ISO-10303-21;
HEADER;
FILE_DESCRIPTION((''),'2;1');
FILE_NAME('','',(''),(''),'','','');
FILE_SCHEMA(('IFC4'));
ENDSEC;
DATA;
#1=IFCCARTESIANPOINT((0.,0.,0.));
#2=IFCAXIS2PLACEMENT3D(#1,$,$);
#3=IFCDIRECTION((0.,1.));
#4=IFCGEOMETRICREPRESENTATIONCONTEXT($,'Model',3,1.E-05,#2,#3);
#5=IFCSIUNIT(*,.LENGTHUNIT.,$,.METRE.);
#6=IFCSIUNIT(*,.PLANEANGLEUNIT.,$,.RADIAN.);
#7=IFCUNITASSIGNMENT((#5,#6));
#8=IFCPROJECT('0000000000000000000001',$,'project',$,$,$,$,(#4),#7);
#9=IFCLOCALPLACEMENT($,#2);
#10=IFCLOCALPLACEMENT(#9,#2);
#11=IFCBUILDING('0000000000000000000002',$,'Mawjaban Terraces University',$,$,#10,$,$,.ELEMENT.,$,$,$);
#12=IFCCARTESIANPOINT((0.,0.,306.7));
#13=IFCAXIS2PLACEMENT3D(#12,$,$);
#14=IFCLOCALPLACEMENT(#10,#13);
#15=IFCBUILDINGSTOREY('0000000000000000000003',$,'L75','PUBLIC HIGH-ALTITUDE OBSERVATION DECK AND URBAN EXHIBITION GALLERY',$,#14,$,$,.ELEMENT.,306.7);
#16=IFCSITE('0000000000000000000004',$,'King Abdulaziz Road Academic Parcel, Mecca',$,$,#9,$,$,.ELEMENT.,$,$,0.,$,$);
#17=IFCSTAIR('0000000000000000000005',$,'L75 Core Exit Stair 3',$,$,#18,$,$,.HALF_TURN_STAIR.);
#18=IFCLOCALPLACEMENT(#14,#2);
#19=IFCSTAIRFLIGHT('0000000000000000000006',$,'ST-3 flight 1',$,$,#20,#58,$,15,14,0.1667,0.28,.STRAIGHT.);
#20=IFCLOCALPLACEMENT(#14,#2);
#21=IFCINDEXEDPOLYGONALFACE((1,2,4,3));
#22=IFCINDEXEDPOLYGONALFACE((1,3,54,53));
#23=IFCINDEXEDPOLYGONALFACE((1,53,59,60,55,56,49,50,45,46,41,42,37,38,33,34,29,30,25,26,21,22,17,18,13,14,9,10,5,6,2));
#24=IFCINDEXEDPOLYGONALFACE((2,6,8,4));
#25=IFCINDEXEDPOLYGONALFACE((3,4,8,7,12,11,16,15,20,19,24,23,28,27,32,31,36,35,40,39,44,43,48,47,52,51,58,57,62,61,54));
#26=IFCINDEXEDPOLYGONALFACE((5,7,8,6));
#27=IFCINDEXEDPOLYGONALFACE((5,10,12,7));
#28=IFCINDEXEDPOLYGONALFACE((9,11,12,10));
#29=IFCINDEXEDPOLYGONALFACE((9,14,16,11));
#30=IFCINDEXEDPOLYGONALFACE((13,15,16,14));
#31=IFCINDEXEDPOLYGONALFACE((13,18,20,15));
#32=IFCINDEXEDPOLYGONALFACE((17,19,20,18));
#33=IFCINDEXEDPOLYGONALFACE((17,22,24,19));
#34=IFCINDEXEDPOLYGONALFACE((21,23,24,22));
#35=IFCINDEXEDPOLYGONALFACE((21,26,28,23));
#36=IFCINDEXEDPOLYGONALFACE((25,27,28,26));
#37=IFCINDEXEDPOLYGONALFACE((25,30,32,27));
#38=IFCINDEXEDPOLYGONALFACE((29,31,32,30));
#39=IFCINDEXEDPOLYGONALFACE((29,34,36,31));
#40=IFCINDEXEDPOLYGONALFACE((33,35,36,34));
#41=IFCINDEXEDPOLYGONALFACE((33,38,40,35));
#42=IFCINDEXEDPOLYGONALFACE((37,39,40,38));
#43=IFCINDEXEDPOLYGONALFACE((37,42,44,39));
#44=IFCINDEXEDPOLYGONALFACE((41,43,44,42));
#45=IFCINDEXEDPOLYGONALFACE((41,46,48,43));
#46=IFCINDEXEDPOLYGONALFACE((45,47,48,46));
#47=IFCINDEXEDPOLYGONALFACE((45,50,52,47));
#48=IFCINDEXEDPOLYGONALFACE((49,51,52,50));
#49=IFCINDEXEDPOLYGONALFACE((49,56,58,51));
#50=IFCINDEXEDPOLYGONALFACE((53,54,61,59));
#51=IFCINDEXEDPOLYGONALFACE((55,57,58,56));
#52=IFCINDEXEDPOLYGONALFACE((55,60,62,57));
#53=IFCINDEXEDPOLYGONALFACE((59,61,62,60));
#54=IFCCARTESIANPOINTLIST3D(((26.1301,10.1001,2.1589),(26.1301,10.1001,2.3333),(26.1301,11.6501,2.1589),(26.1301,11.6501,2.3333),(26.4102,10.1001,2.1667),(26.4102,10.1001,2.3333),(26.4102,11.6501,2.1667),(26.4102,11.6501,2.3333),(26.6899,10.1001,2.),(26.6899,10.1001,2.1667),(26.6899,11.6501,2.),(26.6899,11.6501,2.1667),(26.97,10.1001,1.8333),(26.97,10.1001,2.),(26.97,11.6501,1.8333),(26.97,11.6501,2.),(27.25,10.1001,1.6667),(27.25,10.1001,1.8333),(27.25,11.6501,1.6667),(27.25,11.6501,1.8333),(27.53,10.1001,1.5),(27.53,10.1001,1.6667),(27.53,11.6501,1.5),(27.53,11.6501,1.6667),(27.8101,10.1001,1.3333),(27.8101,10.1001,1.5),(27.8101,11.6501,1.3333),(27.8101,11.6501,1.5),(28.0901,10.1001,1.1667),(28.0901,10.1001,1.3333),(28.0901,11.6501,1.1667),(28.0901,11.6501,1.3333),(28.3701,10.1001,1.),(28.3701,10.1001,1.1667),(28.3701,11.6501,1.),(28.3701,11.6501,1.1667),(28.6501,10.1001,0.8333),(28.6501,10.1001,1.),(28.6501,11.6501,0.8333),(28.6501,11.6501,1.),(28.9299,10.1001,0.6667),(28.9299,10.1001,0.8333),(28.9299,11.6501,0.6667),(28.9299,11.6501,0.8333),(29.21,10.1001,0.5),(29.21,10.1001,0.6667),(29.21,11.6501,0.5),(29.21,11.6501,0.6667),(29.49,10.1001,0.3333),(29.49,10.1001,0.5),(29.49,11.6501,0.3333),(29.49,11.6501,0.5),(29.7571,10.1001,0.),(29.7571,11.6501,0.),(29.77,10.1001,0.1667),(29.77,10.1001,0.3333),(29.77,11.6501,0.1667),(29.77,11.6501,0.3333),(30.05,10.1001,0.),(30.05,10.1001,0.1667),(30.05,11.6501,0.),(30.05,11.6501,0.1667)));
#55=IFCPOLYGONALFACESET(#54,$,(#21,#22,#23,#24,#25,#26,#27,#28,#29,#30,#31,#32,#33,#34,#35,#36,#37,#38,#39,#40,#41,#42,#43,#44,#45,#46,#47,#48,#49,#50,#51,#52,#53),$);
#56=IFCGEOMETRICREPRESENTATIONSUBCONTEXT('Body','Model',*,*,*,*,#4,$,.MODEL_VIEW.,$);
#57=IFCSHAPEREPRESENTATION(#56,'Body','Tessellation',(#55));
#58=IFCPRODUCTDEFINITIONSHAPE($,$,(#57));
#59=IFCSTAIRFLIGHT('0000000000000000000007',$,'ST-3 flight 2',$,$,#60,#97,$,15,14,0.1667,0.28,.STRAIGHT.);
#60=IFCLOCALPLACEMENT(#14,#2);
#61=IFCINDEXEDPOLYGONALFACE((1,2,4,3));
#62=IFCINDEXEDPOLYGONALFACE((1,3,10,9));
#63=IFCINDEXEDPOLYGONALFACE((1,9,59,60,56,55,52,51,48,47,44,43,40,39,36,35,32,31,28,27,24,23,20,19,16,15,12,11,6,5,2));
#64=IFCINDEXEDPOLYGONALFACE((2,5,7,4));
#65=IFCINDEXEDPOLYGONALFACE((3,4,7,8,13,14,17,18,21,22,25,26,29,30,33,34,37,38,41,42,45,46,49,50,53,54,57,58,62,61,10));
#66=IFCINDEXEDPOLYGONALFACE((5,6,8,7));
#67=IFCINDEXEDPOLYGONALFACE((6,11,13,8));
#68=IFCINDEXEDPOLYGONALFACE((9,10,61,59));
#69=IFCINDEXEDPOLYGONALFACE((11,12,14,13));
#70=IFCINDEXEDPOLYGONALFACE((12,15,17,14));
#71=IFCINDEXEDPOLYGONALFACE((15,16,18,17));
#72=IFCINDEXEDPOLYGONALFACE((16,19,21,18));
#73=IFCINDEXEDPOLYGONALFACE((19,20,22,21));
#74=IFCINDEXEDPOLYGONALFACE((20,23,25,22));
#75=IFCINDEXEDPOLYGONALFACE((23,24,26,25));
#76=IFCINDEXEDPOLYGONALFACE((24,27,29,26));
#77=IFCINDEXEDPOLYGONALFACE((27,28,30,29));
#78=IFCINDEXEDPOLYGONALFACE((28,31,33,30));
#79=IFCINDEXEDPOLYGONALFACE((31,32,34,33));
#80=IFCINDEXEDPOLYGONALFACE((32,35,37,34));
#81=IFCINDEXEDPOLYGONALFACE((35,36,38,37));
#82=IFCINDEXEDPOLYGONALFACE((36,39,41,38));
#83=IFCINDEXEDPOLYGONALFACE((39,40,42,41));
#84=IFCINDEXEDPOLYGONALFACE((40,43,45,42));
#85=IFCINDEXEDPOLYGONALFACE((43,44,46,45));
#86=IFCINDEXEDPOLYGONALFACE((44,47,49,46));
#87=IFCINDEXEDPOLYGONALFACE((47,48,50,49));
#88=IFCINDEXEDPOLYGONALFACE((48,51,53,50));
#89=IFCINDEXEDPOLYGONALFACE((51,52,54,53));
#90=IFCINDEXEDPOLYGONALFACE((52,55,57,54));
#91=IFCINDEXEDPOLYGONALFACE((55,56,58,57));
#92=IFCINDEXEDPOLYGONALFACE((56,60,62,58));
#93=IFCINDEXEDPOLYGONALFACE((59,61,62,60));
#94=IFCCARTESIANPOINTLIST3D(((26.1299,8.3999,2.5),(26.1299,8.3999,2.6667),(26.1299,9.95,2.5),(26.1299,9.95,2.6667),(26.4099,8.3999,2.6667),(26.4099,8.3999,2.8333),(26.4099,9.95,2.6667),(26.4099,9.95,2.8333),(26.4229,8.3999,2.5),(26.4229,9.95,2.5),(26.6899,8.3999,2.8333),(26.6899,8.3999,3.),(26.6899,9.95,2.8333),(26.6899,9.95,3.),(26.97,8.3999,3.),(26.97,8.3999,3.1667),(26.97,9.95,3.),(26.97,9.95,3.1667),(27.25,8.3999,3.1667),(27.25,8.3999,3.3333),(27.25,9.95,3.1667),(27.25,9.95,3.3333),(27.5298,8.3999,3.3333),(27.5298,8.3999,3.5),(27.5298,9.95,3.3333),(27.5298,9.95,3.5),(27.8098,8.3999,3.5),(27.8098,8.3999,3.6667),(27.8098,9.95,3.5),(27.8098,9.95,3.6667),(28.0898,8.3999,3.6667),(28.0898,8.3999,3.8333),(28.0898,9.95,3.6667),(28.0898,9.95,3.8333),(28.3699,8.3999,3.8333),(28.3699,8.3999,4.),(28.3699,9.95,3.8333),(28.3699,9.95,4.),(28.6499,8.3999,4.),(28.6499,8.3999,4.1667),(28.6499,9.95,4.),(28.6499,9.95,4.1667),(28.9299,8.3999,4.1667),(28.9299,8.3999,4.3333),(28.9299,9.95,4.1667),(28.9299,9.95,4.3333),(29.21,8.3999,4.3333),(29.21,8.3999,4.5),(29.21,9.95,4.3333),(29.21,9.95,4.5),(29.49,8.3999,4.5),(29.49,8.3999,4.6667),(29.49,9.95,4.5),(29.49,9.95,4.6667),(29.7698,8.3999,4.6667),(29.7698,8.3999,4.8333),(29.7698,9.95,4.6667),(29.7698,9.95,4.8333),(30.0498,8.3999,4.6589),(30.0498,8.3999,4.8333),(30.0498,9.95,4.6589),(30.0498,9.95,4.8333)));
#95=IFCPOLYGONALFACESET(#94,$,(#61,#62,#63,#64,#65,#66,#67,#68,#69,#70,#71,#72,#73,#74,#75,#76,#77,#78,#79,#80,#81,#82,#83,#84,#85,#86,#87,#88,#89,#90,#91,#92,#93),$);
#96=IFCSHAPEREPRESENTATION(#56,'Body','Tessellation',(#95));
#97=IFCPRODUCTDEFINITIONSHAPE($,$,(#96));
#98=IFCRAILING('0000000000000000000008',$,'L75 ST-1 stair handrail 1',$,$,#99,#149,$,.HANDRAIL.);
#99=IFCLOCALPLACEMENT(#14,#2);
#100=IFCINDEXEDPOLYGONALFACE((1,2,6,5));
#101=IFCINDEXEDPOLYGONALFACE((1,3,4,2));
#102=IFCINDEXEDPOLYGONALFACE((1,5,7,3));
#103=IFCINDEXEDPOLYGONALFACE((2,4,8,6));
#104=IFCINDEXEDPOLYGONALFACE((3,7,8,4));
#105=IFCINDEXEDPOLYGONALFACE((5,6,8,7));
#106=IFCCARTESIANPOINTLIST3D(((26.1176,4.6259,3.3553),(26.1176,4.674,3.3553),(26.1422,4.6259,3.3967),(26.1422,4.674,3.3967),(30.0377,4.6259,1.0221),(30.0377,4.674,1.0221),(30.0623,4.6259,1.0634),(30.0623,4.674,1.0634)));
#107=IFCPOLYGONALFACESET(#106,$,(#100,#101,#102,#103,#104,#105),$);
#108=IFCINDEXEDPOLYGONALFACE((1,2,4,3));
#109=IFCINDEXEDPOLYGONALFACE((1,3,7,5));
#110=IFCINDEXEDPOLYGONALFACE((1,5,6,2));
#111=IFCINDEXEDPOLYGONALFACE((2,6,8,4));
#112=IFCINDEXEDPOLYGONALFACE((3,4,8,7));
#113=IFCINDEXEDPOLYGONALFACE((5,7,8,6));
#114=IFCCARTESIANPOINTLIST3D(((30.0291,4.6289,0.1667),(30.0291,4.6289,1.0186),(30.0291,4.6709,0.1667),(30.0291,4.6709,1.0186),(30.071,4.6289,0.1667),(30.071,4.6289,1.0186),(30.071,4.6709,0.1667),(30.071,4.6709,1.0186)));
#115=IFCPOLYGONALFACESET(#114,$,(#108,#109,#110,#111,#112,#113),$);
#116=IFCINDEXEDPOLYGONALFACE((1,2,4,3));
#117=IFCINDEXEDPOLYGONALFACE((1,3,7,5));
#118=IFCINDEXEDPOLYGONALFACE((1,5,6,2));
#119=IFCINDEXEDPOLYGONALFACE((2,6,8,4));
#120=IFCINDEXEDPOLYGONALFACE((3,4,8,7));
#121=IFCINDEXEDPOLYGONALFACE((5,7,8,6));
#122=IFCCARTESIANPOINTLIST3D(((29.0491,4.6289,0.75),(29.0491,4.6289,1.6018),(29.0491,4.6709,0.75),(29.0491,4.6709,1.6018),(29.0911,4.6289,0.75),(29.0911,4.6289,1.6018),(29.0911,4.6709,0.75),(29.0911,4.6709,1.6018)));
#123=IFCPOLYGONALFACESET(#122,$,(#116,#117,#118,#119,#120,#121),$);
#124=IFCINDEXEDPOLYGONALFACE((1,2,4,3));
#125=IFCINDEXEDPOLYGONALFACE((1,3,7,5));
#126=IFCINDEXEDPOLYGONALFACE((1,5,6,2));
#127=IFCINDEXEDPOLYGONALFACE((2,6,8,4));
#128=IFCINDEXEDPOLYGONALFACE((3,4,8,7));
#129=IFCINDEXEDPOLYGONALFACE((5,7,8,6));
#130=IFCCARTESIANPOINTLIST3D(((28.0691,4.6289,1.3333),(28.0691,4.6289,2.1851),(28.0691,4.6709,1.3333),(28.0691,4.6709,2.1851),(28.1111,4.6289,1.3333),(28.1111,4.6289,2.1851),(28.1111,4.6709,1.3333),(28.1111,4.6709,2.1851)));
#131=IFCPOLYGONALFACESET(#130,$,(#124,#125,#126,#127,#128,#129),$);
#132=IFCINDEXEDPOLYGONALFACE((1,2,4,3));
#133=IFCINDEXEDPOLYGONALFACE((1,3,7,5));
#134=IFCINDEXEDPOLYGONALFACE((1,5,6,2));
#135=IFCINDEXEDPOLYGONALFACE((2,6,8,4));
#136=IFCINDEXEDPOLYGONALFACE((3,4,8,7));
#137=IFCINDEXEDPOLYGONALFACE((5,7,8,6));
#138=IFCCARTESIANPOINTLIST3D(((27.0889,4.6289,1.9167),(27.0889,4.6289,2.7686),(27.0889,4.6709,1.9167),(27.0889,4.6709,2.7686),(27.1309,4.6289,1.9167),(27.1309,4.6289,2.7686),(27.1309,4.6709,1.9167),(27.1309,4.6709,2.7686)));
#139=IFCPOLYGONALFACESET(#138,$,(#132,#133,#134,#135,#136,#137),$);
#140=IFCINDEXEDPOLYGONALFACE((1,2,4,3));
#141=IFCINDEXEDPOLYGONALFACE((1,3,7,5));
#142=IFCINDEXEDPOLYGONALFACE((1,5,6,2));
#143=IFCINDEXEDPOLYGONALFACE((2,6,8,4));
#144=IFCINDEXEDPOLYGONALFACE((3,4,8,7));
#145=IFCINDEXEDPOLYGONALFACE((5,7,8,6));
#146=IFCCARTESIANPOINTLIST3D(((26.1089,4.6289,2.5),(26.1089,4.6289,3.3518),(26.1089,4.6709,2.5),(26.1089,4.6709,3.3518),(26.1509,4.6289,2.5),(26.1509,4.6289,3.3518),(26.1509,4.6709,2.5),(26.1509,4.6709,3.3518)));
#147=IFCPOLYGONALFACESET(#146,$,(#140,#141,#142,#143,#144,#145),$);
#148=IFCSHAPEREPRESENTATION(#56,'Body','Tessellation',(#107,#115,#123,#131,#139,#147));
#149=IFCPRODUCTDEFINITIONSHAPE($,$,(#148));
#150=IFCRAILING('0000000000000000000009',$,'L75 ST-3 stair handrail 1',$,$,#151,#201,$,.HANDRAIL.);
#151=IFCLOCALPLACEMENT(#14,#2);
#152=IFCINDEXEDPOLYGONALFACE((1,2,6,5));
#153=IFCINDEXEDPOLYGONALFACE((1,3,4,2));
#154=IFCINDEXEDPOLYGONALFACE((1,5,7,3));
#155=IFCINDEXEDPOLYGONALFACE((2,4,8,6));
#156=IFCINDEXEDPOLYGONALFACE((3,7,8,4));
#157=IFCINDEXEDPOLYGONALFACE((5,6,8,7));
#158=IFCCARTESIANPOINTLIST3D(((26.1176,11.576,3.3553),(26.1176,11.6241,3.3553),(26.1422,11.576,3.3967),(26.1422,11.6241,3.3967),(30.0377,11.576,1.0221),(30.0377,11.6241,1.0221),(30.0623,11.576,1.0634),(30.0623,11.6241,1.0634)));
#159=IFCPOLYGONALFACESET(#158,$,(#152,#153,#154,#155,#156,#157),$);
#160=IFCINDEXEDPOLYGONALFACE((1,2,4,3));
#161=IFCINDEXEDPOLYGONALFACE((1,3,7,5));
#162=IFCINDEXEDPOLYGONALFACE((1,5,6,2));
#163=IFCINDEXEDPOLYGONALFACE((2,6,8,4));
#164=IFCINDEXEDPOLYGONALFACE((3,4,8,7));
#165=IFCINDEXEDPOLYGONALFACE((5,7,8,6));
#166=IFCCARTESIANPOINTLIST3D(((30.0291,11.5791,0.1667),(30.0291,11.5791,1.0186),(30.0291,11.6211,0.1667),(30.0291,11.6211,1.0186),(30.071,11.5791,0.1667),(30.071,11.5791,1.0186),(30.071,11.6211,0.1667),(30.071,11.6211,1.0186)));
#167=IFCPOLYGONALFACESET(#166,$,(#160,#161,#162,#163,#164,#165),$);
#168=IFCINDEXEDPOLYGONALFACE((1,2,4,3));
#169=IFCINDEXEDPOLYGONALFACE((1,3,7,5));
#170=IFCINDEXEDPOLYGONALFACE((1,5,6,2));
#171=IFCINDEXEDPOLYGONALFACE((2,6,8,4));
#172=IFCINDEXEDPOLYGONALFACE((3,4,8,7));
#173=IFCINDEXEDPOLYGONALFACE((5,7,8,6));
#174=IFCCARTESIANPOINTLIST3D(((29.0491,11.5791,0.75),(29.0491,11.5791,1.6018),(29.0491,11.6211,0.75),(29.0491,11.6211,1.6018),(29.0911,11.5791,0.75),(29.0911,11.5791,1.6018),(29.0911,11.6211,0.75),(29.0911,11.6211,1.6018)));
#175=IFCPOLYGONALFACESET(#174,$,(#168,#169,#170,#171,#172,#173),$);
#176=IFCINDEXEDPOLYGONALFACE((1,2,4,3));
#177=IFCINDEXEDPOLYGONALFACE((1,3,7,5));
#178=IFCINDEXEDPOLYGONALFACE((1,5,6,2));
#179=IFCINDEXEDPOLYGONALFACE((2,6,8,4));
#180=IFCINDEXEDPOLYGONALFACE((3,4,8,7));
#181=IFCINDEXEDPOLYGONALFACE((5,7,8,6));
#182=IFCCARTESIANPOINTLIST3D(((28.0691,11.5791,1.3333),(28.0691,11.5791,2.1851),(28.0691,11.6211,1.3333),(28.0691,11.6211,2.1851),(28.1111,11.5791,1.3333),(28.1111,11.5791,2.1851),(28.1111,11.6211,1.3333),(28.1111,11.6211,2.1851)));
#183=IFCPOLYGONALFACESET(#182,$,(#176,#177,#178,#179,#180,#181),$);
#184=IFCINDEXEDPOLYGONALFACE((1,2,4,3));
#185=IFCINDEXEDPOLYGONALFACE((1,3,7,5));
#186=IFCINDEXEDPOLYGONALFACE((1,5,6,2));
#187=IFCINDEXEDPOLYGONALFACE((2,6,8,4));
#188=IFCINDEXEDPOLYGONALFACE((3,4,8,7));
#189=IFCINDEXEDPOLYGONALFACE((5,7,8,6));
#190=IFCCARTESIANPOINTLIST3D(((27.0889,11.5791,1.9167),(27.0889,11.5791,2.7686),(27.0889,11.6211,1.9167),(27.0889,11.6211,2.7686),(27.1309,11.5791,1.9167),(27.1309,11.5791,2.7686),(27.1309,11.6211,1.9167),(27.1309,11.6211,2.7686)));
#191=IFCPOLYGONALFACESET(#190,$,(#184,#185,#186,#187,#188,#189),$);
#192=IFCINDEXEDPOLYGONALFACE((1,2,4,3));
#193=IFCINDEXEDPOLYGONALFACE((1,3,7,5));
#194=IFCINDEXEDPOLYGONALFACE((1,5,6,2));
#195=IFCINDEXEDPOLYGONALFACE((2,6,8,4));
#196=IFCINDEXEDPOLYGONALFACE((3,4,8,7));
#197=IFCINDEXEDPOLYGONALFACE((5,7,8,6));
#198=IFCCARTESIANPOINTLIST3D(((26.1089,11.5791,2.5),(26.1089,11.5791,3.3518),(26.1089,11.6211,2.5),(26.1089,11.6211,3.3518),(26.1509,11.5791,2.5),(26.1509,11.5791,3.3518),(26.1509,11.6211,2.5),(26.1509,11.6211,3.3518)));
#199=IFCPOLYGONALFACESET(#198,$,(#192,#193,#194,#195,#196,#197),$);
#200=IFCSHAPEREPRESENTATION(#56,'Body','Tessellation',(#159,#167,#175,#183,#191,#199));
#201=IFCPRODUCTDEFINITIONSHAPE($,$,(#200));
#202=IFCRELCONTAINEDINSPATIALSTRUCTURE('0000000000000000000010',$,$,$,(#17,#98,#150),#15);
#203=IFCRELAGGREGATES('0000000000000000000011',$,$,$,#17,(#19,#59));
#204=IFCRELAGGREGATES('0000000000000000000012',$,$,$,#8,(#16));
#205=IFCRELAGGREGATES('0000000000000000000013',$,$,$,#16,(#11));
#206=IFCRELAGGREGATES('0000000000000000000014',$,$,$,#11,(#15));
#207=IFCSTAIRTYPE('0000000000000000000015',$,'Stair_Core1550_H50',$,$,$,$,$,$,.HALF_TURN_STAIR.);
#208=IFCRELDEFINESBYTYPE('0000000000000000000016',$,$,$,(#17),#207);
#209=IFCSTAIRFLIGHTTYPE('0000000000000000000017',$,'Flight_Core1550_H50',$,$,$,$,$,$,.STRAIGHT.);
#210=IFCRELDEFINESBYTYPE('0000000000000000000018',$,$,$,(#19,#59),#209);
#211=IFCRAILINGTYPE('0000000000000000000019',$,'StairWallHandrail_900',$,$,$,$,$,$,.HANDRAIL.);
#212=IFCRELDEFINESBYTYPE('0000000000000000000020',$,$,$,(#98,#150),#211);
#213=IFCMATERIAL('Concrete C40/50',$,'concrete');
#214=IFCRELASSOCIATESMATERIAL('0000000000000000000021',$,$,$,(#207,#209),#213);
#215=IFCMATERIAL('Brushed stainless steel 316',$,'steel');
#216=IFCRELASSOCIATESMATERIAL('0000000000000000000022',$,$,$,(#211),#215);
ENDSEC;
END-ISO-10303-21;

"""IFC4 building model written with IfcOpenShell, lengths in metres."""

from ifc_helpers import new_model, si_unit, direction, frame, origin, origin_2d, place, context, subcontext, project, spatial, polyline, rectangle, outline, extrude, material, type_object, element, aggregate, save


model = new_model("IFC4")

# Units and contexts
model_context = context("Model", 3, precision=1e-05, world=origin(), true_north=direction((0.0, 1.0)))
body_context = subcontext(model_context, "Body", "Model", "MODEL_VIEW")
ifc_project = project(units=[si_unit("LENGTHUNIT", "METRE"), si_unit("PLANEANGLEUNIT", "RADIAN")], contexts=[model_context])

# Site, building, storey
site_placement = place(None, origin())
site = spatial("IfcSite", under=ifc_project, at=site_placement, Name="King Abdulaziz Road Academic Parcel, Mecca", CompositionType="ELEMENT", RefElevation=0.0)
building_placement = place(site_placement, origin())
building = spatial("IfcBuilding", under=site, at=building_placement, Name="Mawjaban Terraces University", CompositionType="ELEMENT")
storey_placement = place(building_placement, frame((0.0, 0.0, 306.7)))
storey = spatial("IfcBuildingStorey", under=building, at=storey_placement, Name="L75", Description="PUBLIC HIGH-ALTITUDE OBSERVATION DECK AND URBAN EXHIBITION GALLERY", CompositionType="ELEMENT", Elevation=306.7)

# Shared definitions
ifc_material_1 = material(Name="Concrete C40/50", Category="concrete")

# Stair, stair flights
stair_type = type_object("IfcStairType", Name="Stair_Core1550_H50", PredefinedType="HALF_TURN_STAIR", material=ifc_material_1)
stair_placement = place(storey_placement, origin())
stair = element("IfcStair", 1, at=stair_placement, inside=storey, type_object=stair_type, Name="L75 Core Exit Stair 3", PredefinedType="HALF_TURN_STAIR")
stair_flight_type = type_object("IfcStairFlightType", Name="Flight_Core1550_H50", PredefinedType="STRAIGHT", material=ifc_material_1)
stair_flight_1_placement = place(storey_placement, frame((30.05, 10.875, 0.0), z_axis=(0.0, 0.0, 1.0), x_axis=(-1.0, 0.0, 0.0)))
stair_flight_1 = element("IfcStairFlight", 2, at=stair_flight_1_placement, type_object=stair_flight_type, Name="ST-3 flight 1", NumberOfRisers=15, NumberOfTreads=14, PredefinedType="STRAIGHT", RiserHeight=0.1667, TreadLength=0.28, context=body_context, shape_type="SweptSolid", body=[
    extrude(outline(polyline([(0.0, 0.0), (0.0, 0.1667), (0.28, 0.1667), (0.28, 0.3333), (0.5601, 0.3333), (0.5601, 0.5), (0.8401, 0.5), (0.8401, 0.6667), (1.1201, 0.6667), (1.1201, 0.8333), (1.3999, 0.8333), (1.3999, 1.0), (1.6799, 1.0), (1.6799, 1.1667), (1.96, 1.1667), (1.96, 1.3333), (2.24, 1.3333), (2.24, 1.5), (2.52, 1.5), (2.52, 1.6667), (2.8, 1.6667), (2.8, 1.8333), (3.0801, 1.8333), (3.0801, 2.0), (3.3601, 2.0), (3.3601, 2.1667), (3.6399, 2.1667), (3.6399, 2.3333), (3.9199, 2.3333), (3.9199, 2.5), (3.9199, 2.1589), (0.293, 0.0), (0.0, 0.0)])), frame((0.0, 0.7749, 0.0), z_axis=(0.0, -1.0, 0.0), x_axis=(1.0, 0.0, 0.0)), (0.0, 0.0, 1.0), 1.55),
])
stair_flight_2_placement = place(storey_placement, frame((26.1299, 9.175, 2.5), z_axis=(0.0, 0.0, 1.0), x_axis=(1.0, 0.0, 0.0)))
stair_flight_2 = element("IfcStairFlight", 3, at=stair_flight_2_placement, type_object=stair_flight_type, Name="ST-3 flight 2", NumberOfRisers=15, NumberOfTreads=14, PredefinedType="STRAIGHT", RiserHeight=0.1667, TreadLength=0.28, context=body_context, shape_type="SweptSolid", body=[
    extrude(outline(polyline([(0.0, 0.0), (0.0, 0.1667), (0.28, 0.1667), (0.28, 0.3333), (0.5601, 0.3333), (0.5601, 0.5), (0.8401, 0.5), (0.8401, 0.6667), (1.1201, 0.6667), (1.1201, 0.8333), (1.3999, 0.8333), (1.3999, 1.0), (1.6799, 1.0), (1.6799, 1.1667), (1.96, 1.1667), (1.96, 1.3333), (2.24, 1.3333), (2.24, 1.5), (2.52, 1.5), (2.52, 1.6667), (2.8, 1.6667), (2.8, 1.8333), (3.0801, 1.8333), (3.0801, 2.0), (3.3601, 2.0), (3.3601, 2.1667), (3.6399, 2.1667), (3.6399, 2.3333), (3.9199, 2.3333), (3.9199, 2.5), (3.9199, 2.1589), (0.293, 0.0), (0.0, 0.0)])), frame((0.0, 0.7749, 0.0), z_axis=(0.0, -1.0, 0.0), x_axis=(1.0, 0.0, 0.0)), (0.0, 0.0, 1.0), 1.55),
])
aggregate(stair, [stair_flight_1, stair_flight_2])

# Railings
ifc_material_2 = material(Name="Brushed stainless steel 316", Category="steel")
railing_type_1 = type_object("IfcRailingType", Name="StairWallHandrail_900", PredefinedType="HANDRAIL", material=ifc_material_2)
for number, where, name in (
    (4, (30.05, 4.6499, 0.1667), "L75 ST-1 stair handrail 1"),
    (5, (30.05, 11.6001, 0.1667), "L75 ST-3 stair handrail 1"),
):
    element("IfcRailing", number, at=place(storey_placement, frame(where)), inside=storey, type_object=railing_type_1, Name=name, PredefinedType="HANDRAIL", context=body_context, shape_type="SweptSolid", body=[
        extrude(rectangle(XDim=0.0481, YDim=0.0481, at=origin_2d()), frame((0.0, 0.0, 0.876), z_axis=(-0.85931, 0.0, 0.511455), x_axis=(0.0, -1.0, 0.0)), (0.0, 0.0, 1.0), 4.562),
        extrude(rectangle(XDim=0.042, YDim=0.042, at=origin_2d()), origin(), (0.0, 0.0, 1.0), 0.8518),
        extrude(rectangle(XDim=0.042, YDim=0.042, at=origin_2d()), frame((-0.98, 0.0, 0.5833)), (0.0, 0.0, 1.0), 0.8518),
        extrude(rectangle(XDim=0.042, YDim=0.042, at=origin_2d()), frame((-1.96, 0.0, 1.1665)), (0.0, 0.0, 1.0), 0.8518),
        extrude(rectangle(XDim=0.042, YDim=0.042, at=origin_2d()), frame((-2.9402, 0.0, 1.75)), (0.0, 0.0, 1.0), 0.8518),
        extrude(rectangle(XDim=0.042, YDim=0.042, at=origin_2d()), frame((-3.9202, 0.0, 2.3333)), (0.0, 0.0, 1.0), 0.8518),
    ])

save(model, "model.ifc")
